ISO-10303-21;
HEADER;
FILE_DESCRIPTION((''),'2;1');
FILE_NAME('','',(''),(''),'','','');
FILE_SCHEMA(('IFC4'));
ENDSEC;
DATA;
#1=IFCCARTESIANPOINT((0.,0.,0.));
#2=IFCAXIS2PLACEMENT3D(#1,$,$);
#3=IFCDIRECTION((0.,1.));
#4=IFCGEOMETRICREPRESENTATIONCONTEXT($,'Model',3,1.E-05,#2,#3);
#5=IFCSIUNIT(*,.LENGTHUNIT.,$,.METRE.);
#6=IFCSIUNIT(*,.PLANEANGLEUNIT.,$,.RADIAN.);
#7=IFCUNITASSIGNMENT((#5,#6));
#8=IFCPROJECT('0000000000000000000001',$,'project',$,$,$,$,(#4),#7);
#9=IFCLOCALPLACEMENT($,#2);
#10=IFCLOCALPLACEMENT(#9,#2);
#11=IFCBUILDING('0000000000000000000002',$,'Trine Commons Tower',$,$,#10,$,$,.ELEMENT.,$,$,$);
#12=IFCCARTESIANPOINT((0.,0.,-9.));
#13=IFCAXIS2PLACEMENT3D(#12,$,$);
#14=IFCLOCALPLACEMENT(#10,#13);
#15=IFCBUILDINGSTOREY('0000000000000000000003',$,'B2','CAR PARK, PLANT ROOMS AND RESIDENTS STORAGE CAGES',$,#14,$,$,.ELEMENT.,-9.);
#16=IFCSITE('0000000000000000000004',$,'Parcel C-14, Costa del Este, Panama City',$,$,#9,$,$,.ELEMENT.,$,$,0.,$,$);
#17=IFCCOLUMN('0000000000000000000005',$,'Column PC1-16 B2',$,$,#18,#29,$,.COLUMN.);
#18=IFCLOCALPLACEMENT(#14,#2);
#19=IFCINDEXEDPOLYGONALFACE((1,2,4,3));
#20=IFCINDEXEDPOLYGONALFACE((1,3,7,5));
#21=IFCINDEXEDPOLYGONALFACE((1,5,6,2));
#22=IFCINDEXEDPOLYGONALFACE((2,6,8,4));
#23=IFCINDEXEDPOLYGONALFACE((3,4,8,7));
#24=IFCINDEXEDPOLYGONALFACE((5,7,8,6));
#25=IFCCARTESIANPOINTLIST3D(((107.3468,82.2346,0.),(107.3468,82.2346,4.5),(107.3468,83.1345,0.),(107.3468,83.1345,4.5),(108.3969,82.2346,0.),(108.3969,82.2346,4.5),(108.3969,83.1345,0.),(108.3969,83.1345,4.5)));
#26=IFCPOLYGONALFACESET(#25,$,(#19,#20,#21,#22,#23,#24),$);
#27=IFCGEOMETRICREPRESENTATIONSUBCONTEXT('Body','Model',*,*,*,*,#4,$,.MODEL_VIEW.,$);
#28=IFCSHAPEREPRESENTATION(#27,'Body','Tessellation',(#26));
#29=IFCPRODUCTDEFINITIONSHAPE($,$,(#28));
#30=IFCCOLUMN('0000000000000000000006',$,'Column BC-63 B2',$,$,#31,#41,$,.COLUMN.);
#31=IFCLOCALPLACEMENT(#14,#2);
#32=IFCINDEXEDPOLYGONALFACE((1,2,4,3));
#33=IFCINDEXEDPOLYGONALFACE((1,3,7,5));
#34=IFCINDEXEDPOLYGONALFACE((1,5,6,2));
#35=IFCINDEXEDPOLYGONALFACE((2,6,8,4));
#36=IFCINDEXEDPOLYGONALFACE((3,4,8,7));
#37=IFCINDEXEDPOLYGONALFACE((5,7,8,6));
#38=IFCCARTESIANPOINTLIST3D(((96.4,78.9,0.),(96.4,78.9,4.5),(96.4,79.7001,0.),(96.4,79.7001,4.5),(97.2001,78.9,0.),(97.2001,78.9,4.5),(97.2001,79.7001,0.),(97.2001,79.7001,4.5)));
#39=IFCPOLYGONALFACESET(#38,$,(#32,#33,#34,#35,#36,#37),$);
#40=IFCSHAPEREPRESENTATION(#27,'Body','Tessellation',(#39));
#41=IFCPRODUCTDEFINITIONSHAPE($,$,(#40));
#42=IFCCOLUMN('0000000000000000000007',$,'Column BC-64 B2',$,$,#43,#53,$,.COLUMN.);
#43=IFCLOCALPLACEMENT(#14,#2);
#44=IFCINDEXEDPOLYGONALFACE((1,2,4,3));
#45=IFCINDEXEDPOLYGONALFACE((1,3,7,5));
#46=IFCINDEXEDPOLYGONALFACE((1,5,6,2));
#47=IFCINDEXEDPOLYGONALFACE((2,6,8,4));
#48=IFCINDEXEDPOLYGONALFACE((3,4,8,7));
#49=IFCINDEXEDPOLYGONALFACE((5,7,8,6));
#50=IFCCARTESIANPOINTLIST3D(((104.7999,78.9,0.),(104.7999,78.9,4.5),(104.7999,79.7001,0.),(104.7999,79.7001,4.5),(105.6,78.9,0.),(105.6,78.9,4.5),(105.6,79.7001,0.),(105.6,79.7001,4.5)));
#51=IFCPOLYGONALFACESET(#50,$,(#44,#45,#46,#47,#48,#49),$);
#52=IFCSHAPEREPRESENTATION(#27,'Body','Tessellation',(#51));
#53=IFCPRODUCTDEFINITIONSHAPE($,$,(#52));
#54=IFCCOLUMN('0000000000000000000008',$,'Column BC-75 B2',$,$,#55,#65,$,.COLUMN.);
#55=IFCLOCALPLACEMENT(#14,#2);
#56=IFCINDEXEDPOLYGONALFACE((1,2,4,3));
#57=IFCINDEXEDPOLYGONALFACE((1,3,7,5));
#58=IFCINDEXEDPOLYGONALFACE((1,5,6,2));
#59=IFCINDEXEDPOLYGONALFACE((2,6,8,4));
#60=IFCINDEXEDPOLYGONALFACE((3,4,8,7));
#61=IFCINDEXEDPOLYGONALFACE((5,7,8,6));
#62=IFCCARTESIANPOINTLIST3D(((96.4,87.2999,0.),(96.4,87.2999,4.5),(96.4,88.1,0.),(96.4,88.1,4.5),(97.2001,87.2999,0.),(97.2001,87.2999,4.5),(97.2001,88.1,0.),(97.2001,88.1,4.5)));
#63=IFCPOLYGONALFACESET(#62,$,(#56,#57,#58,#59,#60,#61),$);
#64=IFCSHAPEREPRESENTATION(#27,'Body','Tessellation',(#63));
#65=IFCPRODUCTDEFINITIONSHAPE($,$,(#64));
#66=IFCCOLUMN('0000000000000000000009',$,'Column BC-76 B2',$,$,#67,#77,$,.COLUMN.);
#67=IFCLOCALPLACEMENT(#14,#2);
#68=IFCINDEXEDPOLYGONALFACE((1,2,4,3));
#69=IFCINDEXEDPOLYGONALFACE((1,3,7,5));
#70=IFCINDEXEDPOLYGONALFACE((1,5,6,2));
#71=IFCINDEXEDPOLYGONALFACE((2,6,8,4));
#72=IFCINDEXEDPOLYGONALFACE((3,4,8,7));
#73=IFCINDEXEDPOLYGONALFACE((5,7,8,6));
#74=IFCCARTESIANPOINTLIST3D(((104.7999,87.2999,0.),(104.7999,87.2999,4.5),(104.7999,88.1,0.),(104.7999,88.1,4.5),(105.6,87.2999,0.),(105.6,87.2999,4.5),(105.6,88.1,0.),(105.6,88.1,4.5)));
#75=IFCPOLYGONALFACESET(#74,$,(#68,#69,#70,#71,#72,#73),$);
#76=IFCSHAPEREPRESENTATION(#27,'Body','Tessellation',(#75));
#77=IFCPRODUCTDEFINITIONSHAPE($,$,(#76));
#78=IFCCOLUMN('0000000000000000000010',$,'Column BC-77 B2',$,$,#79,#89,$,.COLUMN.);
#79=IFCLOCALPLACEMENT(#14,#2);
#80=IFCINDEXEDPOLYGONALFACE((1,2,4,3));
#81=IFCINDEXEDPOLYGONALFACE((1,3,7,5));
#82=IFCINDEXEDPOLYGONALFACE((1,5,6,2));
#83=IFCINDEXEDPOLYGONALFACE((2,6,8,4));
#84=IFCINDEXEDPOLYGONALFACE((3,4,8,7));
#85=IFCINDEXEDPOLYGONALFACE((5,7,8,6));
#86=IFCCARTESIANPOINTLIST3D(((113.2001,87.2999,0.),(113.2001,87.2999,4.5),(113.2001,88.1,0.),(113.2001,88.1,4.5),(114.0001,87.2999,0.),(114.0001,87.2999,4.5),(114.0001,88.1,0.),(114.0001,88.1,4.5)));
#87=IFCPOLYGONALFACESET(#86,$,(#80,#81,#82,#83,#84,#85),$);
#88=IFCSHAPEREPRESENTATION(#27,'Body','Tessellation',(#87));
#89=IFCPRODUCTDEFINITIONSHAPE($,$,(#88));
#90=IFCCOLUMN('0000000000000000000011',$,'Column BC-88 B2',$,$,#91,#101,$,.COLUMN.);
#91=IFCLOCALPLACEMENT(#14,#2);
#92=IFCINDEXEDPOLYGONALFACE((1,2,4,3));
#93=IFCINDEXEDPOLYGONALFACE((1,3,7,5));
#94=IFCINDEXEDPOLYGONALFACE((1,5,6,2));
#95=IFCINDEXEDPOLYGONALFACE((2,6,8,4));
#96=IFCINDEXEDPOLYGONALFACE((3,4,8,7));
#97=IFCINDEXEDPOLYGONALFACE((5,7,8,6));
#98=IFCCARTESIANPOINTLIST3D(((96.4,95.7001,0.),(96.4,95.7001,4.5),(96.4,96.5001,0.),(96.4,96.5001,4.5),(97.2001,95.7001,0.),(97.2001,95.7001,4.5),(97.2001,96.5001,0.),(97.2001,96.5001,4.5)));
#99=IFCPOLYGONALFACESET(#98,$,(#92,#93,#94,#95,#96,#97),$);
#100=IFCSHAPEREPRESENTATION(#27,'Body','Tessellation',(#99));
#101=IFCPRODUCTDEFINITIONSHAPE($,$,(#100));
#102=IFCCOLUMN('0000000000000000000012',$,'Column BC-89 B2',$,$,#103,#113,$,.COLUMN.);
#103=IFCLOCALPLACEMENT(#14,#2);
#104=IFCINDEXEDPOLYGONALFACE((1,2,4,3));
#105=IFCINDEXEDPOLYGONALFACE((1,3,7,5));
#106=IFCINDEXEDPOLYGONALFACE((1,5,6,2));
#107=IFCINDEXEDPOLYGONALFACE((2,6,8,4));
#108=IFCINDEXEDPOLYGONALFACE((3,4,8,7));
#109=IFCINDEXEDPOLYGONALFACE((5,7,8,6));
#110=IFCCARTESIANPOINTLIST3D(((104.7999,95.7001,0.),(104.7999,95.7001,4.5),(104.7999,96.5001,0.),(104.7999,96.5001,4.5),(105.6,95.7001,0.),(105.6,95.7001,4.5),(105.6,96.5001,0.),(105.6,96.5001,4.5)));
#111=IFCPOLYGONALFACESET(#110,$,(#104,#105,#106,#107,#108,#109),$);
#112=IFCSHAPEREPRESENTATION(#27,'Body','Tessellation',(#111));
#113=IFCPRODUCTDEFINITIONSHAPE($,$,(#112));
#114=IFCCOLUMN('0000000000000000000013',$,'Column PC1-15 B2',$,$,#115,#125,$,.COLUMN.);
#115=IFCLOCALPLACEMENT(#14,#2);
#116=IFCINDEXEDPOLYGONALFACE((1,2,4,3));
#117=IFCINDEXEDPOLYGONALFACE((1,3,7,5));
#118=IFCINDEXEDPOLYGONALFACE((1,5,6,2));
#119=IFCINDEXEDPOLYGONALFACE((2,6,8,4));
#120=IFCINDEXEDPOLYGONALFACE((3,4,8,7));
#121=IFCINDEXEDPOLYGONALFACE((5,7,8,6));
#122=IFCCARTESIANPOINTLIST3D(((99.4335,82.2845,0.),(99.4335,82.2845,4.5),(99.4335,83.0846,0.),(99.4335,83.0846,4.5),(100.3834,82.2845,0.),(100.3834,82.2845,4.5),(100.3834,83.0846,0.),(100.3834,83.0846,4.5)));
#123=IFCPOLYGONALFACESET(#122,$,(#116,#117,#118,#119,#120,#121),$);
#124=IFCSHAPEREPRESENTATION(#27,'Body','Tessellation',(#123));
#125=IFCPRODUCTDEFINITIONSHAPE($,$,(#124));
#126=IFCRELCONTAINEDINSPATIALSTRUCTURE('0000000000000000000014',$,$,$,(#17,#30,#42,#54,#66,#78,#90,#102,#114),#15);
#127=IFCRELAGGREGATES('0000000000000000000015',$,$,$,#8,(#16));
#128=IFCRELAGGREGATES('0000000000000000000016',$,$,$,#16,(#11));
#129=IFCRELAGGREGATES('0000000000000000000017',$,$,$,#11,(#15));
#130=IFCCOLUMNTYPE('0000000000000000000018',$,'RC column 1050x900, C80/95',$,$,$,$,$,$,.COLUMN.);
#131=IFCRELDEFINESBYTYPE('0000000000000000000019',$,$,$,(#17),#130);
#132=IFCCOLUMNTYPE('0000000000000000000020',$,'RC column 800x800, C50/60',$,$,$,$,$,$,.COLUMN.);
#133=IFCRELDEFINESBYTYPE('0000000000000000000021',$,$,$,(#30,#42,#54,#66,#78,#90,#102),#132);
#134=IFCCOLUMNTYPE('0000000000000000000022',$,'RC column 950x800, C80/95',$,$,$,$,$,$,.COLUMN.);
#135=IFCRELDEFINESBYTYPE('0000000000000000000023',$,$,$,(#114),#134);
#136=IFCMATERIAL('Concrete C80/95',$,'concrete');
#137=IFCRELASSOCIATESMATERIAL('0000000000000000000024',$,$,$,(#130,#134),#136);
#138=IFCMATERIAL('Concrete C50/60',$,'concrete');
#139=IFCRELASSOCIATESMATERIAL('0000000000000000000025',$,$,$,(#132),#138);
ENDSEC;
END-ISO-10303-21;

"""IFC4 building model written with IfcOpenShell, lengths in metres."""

from ifc_helpers import new_model, si_unit, direction, frame, origin, origin_2d, place, context, subcontext, project, spatial, rectangle, extrude, material, material_profile, profile_set, type_object, element, save


model = new_model("IFC4")

# Units and contexts
model_context = context("Model", 3, precision=1e-05, world=origin(), true_north=direction((0.0, 1.0)))
body_context = subcontext(model_context, "Body", "Model", "MODEL_VIEW")
ifc_project = project(units=[si_unit("LENGTHUNIT", "METRE"), si_unit("PLANEANGLEUNIT", "RADIAN")], contexts=[model_context])

# Site, building, storey
site_placement = place(None, origin())
site = spatial("IfcSite", under=ifc_project, at=site_placement, Name="Parcel C-14, Costa del Este, Panama City", CompositionType="ELEMENT", RefElevation=0.0)
building_placement = place(site_placement, origin())
building = spatial("IfcBuilding", under=site, at=building_placement, Name="Trine Commons Tower", CompositionType="ELEMENT")
storey_placement = place(building_placement, frame((0.0, 0.0, -9.0)))
storey = spatial("IfcBuildingStorey", under=building, at=storey_placement, Name="B2", Description="CAR PARK, PLANT ROOMS AND RESIDENTS STORAGE CAGES", CompositionType="ELEMENT", Elevation=-9.0)

# Columns
ifc_material_1 = material(Name="Concrete C80/95", Category="concrete")
ifc_material_profile_1 = material_profile(ifc_material_1, rectangle(XDim=1.05, YDim=0.8999, at=origin_2d()), Name="RC 1050x900")
ifc_profile_set_1 = profile_set([ifc_material_profile_1], Name="Concrete C80/95")
column_type_1 = type_object("IfcColumnType", Name="RC column 1050x900, C80/95", PredefinedType="COLUMN", material=ifc_profile_set_1)
column_1_placement = place(storey_placement, frame((107.8718, 82.6846, 0.0), z_axis=(0.0, 0.0, 1.0), x_axis=(1.0, 0.0, 0.0)))
element("IfcColumn", 1, at=column_1_placement, inside=storey, type_object=column_type_1, Name="Column PC1-16 B2", PredefinedType="COLUMN", context=body_context, shape_type="SweptSolid", body=[
    extrude(rectangle(XDim=1.05, YDim=0.8999, at=origin_2d()), origin(), (0.0, 0.0, 1.0), 4.5),
])
ifc_material_2 = material(Name="Concrete C50/60", Category="concrete")
ifc_material_profile_2 = material_profile(ifc_material_2, rectangle(XDim=0.8, YDim=0.8, at=origin_2d()), Name="RC 800x800")
ifc_profile_set_2 = profile_set([ifc_material_profile_2], Name="Concrete C50/60")
column_type_2 = type_object("IfcColumnType", Name="RC column 800x800, C50/60", PredefinedType="COLUMN", material=ifc_profile_set_2)
for number, where, z_axis, x_axis, name in (
    (2, (96.8, 79.3, 0.0), (0.0, 0.0, 1.0), (1.0, 0.0, 0.0), "Column BC-63 B2"),
    (3, (105.2, 79.3, 0.0), (0.0, 0.0, 1.0), (1.0, 0.0, 0.0), "Column BC-64 B2"),
    (4, (96.8, 87.7, 0.0), (0.0, 0.0, 1.0), (1.0, 0.0, 0.0), "Column BC-75 B2"),
    (5, (105.2, 87.7, 0.0), (0.0, 0.0, 1.0), (1.0, 0.0, 0.0), "Column BC-76 B2"),
    (6, (113.6001, 87.7, 0.0), (0.0, 0.0, 1.0), (1.0, 0.0, 0.0), "Column BC-77 B2"),
    (7, (96.8, 96.1001, 0.0), (0.0, 0.0, 1.0), (1.0, 0.0, 0.0), "Column BC-88 B2"),
    (8, (105.2, 96.1001, 0.0), (0.0, 0.0, 1.0), (1.0, 0.0, 0.0), "Column BC-89 B2"),
):
    element("IfcColumn", number, at=place(storey_placement, frame(where, z_axis=z_axis, x_axis=x_axis)), inside=storey, type_object=column_type_2, Name=name, PredefinedType="COLUMN", context=body_context, shape_type="SweptSolid", body=[
        extrude(rectangle(XDim=0.8, YDim=0.8, at=origin_2d()), origin(), (0.0, 0.0, 1.0), 4.5),
    ])
ifc_material_profile_3 = material_profile(ifc_material_1, rectangle(XDim=0.95, YDim=0.8, at=origin_2d()), Name="RC 950x800")
ifc_profile_set_3 = profile_set([ifc_material_profile_3], Name="Concrete C80/95")
column_type_3 = type_object("IfcColumnType", Name="RC column 950x800, C80/95", PredefinedType="COLUMN", material=ifc_profile_set_3)
column_2_placement = place(storey_placement, frame((99.9084, 82.6846, 0.0), z_axis=(0.0, 0.0, 1.0), x_axis=(1.0, 0.0, 0.0)))
element("IfcColumn", 9, at=column_2_placement, inside=storey, type_object=column_type_3, Name="Column PC1-15 B2", PredefinedType="COLUMN", context=body_context, shape_type="SweptSolid", body=[
    extrude(rectangle(XDim=0.95, YDim=0.8, at=origin_2d()), origin(), (0.0, 0.0, 1.0), 4.5),
])

save(model, "model.ifc")
